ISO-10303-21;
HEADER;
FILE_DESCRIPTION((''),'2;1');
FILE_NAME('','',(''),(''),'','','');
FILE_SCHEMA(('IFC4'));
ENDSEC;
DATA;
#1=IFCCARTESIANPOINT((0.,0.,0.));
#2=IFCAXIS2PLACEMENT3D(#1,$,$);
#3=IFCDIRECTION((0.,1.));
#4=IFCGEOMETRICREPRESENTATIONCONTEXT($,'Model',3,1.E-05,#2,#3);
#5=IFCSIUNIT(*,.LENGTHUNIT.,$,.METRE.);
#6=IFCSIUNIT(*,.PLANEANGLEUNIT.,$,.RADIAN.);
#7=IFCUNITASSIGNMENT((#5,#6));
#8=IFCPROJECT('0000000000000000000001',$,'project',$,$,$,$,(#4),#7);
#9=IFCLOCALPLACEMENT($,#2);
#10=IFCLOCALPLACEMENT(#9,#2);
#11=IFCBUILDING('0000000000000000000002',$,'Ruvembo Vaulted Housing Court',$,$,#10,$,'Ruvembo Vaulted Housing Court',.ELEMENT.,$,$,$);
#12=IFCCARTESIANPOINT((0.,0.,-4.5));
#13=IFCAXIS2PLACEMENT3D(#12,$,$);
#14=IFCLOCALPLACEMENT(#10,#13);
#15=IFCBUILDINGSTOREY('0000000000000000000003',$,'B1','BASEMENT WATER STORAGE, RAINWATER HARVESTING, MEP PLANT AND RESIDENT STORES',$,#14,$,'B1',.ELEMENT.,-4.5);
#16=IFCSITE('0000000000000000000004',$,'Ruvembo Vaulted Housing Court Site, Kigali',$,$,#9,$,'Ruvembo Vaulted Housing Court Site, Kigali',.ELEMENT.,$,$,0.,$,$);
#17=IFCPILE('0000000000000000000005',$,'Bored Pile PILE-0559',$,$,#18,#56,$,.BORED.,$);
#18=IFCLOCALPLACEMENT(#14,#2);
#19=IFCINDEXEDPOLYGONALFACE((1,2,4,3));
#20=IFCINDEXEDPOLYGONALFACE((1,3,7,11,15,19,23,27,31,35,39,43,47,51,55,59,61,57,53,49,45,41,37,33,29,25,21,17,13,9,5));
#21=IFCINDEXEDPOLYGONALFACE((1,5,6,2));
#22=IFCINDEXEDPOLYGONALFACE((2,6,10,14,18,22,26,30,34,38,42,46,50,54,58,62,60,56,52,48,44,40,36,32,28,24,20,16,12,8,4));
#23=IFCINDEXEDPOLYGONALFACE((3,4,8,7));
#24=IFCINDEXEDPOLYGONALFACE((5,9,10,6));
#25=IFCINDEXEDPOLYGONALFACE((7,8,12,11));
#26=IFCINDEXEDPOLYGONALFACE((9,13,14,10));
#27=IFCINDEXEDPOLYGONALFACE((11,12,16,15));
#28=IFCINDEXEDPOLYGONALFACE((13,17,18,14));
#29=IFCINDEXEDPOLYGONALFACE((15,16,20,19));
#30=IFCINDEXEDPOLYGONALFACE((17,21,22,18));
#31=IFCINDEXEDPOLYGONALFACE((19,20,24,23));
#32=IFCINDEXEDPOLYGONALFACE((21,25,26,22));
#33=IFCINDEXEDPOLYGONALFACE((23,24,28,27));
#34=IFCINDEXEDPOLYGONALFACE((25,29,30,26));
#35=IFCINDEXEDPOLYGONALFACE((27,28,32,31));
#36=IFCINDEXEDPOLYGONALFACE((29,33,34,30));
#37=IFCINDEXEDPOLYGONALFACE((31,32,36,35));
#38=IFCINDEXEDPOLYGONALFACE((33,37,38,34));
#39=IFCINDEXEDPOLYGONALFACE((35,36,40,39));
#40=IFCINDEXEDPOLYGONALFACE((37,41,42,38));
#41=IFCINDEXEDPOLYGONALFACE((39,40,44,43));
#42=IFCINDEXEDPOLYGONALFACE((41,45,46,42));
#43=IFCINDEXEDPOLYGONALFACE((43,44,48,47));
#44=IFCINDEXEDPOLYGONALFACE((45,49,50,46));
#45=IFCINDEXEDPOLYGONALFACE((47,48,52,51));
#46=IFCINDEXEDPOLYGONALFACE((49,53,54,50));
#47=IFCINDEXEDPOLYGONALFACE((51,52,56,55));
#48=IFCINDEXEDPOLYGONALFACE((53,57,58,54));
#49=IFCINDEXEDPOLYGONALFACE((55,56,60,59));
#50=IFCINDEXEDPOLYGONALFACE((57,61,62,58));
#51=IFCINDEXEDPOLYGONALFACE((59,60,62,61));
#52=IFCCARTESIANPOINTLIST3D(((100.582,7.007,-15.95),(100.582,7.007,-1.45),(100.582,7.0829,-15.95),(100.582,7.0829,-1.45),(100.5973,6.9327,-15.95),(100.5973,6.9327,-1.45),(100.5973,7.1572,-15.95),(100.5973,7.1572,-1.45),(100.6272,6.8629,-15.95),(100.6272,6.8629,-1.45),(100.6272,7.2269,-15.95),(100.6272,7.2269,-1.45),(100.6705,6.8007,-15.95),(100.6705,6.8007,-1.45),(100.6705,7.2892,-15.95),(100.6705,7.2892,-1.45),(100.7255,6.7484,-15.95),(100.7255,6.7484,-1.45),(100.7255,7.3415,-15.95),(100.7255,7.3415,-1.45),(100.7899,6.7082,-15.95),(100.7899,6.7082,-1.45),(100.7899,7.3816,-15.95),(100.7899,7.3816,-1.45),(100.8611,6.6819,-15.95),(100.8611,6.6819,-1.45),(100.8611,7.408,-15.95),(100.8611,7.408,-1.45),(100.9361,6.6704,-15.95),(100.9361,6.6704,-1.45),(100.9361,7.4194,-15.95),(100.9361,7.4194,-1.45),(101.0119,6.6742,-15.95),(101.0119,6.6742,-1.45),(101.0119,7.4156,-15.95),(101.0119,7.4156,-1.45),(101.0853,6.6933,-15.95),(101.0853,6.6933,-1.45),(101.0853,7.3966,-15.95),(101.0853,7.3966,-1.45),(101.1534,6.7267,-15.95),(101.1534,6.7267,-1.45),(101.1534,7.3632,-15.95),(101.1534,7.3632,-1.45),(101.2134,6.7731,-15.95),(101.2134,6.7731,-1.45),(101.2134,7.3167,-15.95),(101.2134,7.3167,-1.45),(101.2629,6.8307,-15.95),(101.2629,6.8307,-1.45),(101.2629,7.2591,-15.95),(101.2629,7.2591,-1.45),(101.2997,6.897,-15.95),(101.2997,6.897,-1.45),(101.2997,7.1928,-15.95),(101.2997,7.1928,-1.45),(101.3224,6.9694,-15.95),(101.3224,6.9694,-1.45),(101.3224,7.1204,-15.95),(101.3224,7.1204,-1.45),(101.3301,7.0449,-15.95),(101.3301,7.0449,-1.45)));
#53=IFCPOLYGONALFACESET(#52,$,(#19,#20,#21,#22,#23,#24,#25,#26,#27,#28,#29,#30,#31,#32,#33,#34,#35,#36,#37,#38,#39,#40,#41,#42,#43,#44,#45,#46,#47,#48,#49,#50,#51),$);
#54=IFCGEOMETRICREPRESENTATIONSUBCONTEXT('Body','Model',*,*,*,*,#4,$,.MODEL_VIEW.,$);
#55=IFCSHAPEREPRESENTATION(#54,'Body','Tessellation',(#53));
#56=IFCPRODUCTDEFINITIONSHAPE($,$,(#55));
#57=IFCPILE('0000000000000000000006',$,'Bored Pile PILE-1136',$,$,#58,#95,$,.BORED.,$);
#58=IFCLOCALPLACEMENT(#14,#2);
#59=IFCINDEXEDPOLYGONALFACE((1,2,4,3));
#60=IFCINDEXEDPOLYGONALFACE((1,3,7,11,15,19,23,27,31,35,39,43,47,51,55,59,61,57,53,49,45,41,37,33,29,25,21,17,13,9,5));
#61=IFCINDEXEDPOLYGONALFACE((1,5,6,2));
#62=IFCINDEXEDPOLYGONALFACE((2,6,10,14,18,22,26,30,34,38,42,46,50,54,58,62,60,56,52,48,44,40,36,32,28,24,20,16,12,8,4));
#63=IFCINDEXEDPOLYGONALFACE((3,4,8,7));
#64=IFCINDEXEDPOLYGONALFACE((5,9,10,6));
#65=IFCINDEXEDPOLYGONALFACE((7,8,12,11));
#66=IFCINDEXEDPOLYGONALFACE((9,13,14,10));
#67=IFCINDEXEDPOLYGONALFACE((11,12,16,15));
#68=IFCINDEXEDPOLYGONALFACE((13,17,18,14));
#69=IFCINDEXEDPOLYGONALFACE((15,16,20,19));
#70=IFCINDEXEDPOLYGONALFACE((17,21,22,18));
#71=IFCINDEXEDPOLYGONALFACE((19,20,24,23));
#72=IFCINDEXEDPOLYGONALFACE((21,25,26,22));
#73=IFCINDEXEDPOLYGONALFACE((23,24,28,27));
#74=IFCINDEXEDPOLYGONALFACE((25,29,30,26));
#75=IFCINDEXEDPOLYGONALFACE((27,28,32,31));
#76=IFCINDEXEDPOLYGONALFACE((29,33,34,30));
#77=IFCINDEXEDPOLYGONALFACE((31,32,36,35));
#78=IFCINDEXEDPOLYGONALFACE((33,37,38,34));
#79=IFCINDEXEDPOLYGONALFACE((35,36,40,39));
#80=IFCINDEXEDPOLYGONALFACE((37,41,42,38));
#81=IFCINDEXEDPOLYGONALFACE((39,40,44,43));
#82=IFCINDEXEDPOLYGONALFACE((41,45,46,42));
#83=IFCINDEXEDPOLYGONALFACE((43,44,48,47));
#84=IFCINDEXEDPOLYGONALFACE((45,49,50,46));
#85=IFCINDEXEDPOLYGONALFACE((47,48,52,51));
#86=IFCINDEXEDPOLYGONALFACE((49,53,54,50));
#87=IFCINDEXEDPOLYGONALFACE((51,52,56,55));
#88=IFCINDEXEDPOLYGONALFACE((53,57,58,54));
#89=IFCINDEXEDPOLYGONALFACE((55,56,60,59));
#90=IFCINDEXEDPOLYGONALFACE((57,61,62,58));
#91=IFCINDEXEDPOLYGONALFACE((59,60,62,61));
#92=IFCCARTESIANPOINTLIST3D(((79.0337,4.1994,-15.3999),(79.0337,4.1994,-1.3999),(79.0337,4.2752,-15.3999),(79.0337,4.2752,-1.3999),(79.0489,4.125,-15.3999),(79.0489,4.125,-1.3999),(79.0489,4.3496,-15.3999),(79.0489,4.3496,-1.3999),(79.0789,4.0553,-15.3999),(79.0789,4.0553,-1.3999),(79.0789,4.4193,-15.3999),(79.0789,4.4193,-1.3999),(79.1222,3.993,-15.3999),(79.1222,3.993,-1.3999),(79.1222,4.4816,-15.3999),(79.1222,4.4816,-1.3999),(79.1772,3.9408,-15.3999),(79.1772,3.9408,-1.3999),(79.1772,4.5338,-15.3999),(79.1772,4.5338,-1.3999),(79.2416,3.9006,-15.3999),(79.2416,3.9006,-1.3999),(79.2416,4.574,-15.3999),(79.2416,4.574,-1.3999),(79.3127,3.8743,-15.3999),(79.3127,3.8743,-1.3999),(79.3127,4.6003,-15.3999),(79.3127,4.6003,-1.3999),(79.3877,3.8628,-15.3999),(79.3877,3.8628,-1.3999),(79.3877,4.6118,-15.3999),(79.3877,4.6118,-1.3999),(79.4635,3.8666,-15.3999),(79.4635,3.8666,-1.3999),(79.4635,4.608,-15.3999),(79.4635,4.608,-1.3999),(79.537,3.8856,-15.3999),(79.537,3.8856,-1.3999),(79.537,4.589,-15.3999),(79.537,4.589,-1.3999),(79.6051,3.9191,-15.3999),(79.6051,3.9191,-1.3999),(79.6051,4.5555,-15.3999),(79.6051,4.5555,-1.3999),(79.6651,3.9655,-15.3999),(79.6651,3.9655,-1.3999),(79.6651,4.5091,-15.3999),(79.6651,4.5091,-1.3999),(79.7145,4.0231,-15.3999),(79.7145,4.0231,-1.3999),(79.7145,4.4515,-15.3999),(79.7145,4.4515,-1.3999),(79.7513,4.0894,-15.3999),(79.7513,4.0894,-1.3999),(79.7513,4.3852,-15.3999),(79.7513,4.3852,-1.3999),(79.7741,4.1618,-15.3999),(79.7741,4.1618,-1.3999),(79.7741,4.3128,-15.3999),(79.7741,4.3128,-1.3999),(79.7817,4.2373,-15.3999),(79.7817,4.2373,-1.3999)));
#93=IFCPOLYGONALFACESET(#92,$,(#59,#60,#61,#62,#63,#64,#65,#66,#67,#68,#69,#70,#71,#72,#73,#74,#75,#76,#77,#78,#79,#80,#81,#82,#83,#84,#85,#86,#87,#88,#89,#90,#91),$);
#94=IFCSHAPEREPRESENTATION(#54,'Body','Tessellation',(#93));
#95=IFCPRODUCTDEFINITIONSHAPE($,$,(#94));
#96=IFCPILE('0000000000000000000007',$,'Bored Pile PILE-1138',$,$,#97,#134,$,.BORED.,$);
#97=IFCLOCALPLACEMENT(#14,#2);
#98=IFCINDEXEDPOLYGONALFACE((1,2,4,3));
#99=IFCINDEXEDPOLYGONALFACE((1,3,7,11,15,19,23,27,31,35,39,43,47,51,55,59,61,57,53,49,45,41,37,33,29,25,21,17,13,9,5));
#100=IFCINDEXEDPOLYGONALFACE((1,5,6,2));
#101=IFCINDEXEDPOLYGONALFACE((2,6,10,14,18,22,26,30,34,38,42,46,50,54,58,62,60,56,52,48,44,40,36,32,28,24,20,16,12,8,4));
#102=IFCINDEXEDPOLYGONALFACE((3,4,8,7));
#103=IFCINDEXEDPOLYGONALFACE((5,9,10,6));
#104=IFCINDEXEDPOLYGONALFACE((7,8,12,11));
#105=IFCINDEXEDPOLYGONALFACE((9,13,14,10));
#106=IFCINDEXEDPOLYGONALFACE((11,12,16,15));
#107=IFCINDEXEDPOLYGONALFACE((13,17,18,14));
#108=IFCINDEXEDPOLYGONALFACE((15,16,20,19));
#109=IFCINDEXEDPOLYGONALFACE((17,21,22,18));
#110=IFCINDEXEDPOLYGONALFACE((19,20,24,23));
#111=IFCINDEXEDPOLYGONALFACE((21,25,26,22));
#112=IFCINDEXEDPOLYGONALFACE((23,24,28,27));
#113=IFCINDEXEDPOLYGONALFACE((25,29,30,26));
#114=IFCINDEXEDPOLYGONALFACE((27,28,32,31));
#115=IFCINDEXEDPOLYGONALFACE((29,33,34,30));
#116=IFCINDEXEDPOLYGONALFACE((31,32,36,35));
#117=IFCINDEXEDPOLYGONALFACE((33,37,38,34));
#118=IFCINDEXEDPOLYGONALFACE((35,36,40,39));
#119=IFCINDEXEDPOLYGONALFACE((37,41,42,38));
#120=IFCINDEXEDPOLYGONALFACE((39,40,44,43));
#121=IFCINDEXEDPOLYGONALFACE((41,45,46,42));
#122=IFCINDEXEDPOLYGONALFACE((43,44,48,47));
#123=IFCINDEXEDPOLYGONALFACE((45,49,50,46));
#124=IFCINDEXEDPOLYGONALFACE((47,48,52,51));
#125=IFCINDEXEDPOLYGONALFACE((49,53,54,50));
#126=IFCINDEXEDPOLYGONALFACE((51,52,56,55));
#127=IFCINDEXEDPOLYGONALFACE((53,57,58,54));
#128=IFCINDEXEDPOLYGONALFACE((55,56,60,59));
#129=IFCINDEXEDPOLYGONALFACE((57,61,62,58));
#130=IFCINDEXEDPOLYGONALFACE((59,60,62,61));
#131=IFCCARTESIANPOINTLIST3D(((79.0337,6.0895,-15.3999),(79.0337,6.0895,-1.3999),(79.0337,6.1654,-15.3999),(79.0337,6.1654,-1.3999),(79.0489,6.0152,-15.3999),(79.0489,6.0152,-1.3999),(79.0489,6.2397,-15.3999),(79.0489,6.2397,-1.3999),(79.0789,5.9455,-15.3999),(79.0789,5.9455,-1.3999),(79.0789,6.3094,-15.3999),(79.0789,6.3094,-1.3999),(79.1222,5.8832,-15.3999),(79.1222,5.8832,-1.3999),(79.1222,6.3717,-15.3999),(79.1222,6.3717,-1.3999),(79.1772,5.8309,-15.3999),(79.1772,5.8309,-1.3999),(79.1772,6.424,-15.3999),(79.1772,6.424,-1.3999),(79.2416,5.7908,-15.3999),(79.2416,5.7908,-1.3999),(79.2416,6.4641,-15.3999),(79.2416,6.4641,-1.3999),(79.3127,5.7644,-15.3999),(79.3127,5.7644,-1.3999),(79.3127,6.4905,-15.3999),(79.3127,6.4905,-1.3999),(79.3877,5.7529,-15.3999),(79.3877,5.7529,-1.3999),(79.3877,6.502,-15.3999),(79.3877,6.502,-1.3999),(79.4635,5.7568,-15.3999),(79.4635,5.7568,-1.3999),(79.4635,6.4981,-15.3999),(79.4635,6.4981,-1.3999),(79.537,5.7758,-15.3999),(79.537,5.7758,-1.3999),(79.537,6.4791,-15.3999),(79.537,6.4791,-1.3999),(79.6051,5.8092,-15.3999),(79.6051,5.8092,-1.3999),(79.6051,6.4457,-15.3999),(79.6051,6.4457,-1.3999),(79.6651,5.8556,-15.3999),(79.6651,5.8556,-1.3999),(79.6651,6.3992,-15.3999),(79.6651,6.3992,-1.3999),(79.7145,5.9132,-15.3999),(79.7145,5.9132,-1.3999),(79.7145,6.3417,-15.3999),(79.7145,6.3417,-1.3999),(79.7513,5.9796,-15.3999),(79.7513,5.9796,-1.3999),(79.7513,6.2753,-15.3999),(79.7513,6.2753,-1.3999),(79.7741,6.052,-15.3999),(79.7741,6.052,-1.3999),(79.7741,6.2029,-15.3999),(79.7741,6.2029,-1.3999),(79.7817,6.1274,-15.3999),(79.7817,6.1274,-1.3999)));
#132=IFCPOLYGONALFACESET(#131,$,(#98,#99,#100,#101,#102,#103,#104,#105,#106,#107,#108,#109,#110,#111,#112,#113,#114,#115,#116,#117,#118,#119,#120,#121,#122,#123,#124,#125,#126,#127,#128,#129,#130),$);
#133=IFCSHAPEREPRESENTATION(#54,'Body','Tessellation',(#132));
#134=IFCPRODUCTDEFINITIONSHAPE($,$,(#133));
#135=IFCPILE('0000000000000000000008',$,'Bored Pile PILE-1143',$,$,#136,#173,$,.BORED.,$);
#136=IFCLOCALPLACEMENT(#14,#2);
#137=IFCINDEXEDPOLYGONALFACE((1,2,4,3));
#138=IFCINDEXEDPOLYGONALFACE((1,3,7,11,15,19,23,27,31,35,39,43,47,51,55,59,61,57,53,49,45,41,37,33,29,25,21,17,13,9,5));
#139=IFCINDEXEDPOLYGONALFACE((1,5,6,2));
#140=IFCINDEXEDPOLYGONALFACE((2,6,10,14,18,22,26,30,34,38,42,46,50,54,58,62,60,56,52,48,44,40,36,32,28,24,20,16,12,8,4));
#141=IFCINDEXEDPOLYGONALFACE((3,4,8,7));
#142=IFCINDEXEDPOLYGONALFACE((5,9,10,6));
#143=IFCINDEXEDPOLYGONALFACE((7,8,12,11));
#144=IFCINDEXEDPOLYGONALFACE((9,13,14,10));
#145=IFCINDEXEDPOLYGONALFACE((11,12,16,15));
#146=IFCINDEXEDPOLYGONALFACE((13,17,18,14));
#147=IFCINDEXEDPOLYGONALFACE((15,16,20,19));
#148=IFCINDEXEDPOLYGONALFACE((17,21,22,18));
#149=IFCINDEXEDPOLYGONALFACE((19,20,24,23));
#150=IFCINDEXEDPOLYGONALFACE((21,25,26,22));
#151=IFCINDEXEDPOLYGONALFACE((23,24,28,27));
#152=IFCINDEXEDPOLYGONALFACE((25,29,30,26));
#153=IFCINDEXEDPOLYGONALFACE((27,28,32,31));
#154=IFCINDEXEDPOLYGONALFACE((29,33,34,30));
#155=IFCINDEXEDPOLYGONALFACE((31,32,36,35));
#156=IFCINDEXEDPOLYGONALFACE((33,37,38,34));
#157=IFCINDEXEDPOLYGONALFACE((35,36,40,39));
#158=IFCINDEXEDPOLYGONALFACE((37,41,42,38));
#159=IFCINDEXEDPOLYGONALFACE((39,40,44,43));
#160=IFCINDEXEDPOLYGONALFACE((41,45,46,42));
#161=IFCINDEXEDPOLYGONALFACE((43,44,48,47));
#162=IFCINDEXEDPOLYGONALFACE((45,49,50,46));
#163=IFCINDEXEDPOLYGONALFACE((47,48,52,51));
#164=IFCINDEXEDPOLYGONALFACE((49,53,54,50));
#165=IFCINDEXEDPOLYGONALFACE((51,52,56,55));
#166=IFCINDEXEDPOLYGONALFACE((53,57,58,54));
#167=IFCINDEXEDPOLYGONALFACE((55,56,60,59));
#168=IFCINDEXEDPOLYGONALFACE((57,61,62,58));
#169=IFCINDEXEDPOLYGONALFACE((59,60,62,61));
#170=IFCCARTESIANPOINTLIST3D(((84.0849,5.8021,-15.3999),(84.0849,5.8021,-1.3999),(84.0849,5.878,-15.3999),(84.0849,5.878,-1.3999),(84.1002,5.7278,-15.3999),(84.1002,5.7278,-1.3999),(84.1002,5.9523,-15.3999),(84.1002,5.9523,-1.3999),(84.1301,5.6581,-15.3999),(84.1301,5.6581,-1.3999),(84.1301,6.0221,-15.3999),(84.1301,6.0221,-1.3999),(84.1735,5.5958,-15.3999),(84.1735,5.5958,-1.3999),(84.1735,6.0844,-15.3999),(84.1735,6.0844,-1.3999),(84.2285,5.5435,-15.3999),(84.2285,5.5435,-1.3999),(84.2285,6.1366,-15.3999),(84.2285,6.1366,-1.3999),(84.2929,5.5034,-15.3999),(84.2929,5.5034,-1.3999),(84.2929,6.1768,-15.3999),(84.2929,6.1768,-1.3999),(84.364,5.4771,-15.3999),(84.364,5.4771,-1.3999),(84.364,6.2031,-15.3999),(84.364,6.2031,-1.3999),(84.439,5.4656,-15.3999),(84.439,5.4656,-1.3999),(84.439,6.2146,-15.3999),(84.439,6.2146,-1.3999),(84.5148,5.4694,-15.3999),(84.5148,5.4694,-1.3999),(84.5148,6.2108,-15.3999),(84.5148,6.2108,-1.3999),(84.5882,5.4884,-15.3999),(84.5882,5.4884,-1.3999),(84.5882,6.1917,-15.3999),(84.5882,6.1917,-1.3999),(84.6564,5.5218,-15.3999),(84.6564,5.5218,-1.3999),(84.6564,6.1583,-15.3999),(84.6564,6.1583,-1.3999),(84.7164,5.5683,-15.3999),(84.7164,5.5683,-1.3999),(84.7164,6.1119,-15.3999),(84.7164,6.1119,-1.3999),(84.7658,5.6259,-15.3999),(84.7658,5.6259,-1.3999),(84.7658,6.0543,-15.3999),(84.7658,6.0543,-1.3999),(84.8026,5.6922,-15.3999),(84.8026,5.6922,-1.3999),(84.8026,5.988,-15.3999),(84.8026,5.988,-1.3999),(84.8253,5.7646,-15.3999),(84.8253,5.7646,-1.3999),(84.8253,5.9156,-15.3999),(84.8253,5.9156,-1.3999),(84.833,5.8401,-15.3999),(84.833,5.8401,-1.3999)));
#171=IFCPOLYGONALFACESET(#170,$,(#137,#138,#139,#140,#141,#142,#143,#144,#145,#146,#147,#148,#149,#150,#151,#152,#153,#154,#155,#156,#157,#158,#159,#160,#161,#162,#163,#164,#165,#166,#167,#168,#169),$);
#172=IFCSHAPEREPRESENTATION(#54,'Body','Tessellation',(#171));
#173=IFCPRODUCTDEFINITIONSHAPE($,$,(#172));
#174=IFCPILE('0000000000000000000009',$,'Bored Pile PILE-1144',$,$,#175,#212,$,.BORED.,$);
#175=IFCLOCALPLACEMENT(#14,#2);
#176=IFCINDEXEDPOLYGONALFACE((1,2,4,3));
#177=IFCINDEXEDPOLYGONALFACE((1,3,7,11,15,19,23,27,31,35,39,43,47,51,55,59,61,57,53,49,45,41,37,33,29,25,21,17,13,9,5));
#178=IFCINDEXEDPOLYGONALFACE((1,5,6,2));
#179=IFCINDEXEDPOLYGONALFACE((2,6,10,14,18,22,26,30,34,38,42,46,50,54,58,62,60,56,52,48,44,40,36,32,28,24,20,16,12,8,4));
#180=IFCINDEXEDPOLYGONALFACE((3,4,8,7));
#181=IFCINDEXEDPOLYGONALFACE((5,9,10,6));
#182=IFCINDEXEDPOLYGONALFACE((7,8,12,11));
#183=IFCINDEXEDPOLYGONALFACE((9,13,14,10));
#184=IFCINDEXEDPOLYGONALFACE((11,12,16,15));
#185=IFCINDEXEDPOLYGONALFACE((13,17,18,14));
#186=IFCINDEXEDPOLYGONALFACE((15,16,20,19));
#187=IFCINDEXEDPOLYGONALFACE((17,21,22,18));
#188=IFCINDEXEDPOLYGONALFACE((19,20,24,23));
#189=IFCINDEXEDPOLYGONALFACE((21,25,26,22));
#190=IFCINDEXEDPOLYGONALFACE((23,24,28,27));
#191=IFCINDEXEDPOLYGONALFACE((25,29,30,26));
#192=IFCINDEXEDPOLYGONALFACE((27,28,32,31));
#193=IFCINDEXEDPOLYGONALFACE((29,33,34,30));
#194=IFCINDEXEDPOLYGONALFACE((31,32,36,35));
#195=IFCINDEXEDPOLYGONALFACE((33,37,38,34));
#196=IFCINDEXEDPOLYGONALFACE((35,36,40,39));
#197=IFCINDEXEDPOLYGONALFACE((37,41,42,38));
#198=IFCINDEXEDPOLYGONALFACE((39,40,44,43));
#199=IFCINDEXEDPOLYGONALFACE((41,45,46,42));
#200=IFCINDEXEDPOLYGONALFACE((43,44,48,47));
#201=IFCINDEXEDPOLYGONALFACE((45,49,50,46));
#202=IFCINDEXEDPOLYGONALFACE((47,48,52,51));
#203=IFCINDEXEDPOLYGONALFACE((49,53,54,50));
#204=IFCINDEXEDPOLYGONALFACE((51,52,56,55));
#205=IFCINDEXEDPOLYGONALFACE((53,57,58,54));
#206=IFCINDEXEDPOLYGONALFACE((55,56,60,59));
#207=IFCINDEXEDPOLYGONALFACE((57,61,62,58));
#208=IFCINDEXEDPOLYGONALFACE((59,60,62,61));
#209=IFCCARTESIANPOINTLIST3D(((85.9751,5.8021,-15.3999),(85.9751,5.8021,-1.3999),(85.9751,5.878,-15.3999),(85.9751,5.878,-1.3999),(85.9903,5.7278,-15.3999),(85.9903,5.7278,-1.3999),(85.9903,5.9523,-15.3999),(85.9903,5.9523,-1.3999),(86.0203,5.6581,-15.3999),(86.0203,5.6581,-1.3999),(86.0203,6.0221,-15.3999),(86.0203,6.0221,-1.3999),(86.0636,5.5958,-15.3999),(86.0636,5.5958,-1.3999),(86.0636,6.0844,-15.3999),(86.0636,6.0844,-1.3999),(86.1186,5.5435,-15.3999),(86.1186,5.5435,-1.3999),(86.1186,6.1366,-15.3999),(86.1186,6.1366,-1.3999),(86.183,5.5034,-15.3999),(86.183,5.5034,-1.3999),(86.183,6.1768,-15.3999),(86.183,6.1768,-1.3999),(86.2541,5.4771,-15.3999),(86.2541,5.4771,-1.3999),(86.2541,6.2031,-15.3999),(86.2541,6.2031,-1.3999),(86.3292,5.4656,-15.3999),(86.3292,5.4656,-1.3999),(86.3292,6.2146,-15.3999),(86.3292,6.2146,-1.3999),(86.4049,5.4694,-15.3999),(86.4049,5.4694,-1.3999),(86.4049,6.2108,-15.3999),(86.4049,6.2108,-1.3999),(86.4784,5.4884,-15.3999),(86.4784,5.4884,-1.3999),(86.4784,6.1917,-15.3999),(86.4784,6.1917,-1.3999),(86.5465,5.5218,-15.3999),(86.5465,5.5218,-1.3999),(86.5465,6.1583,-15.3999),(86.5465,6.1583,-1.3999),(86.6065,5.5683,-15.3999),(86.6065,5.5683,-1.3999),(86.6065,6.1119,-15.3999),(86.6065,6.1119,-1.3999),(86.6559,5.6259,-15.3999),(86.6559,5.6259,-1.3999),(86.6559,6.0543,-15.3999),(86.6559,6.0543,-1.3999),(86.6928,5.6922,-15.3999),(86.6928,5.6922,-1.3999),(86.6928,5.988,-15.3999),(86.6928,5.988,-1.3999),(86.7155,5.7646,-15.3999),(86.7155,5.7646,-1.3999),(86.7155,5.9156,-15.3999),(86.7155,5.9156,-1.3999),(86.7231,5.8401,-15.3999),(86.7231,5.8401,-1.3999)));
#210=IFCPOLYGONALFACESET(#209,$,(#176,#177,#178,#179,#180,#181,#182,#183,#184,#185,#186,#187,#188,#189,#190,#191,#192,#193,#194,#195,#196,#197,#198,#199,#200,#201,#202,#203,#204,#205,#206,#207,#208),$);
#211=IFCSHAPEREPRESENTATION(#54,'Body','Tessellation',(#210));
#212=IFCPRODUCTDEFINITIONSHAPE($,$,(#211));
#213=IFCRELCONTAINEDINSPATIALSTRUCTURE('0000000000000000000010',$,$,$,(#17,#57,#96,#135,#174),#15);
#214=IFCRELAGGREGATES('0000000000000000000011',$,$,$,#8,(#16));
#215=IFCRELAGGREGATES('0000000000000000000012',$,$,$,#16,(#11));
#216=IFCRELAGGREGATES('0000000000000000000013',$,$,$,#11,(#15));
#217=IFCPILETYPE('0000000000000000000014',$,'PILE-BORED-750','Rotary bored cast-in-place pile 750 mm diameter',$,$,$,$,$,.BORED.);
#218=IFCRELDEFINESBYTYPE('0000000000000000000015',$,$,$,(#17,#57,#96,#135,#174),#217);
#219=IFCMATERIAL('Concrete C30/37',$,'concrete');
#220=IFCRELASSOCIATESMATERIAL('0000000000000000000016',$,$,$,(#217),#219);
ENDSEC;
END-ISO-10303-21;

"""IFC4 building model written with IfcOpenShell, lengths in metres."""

from ifc_helpers import new_model, si_unit, direction, frame, origin, origin_2d, place, context, subcontext, project, spatial, circle, extrude, material, material_profile, profile_set, type_object, element, save


model = new_model("IFC4")

# Units and contexts
model_context = context("Model", 3, precision=1e-05, world=origin(), true_north=direction((0.0, 1.0)))
body_context = subcontext(model_context, "Body", "Model", "MODEL_VIEW")
ifc_project = project(units=[si_unit("LENGTHUNIT", "METRE"), si_unit("PLANEANGLEUNIT", "RADIAN")], contexts=[model_context])

# Site, building, storey
site_placement = place(None, origin())
site = spatial("IfcSite", under=ifc_project, at=site_placement, Name="Ruvembo Vaulted Housing Court Site, Kigali", LongName="Ruvembo Vaulted Housing Court Site, Kigali", CompositionType="ELEMENT", RefElevation=0.0)
building_placement = place(site_placement, origin())
building = spatial("IfcBuilding", under=site, at=building_placement, Name="Ruvembo Vaulted Housing Court", LongName="Ruvembo Vaulted Housing Court", CompositionType="ELEMENT")
storey_placement = place(building_placement, frame((0.0, 0.0, -4.5)))
storey = spatial("IfcBuildingStorey", under=building, at=storey_placement, Name="B1", Description="BASEMENT WATER STORAGE, RAINWATER HARVESTING, MEP PLANT AND RESIDENT STORES", LongName="B1", CompositionType="ELEMENT", Elevation=-4.5)

# Piles
ifc_material_1 = material(Name="Concrete C30/37", Category="concrete")
ifc_material_profile_1 = material_profile(ifc_material_1, circle(Radius=0.375, at=origin_2d()), Name="PILE D750")
ifc_profile_set_1 = profile_set([ifc_material_profile_1], Name="Concrete C30/37")
pile_type = type_object("IfcPileType", Name="PILE-BORED-750", Description="Rotary bored cast-in-place pile 750 mm diameter", PredefinedType="BORED", material=ifc_profile_set_1)
for number, where, z_axis, x_axis, name in (
    (1, (100.9551, 7.0449, -1.45), (0.0, 0.0, -1.0), (1.0, 0.0, 0.0), "Bored Pile PILE-0559"),
):
    element("IfcPile", number, at=place(storey_placement, frame(where, z_axis=z_axis, x_axis=x_axis)), inside=storey, type_object=pile_type, Name=name, PredefinedType="BORED", context=body_context, shape_type="SweptSolid", body=[
        extrude(circle(Radius=0.375, at=origin_2d()), origin(), (0.0, 0.0, 1.0), 14.5),
    ])
for number, where, z_axis, x_axis, name in (
    (2, (79.4067, 4.2373, -1.3999), (0.0, 0.0, -1.0), (1.0, 0.0, 0.0), "Bored Pile PILE-1136"),
    (3, (79.4067, 6.1274, -1.3999), (0.0, 0.0, -1.0), (1.0, 0.0, 0.0), "Bored Pile PILE-1138"),
    (4, (84.458, 5.8401, -1.3999), (0.0, 0.0, -1.0), (1.0, 0.0, 0.0), "Bored Pile PILE-1143"),
    (5, (86.3481, 5.8401, -1.3999), (0.0, 0.0, -1.0), (1.0, 0.0, 0.0), "Bored Pile PILE-1144"),
):
    element("IfcPile", number, at=place(storey_placement, frame(where, z_axis=z_axis, x_axis=x_axis)), inside=storey, type_object=pile_type, Name=name, PredefinedType="BORED", context=body_context, shape_type="SweptSolid", body=[
        extrude(circle(Radius=0.375, at=origin_2d()), origin(), (0.0, 0.0, 1.0), 14.0),
    ])

save(model, "model.ifc")
